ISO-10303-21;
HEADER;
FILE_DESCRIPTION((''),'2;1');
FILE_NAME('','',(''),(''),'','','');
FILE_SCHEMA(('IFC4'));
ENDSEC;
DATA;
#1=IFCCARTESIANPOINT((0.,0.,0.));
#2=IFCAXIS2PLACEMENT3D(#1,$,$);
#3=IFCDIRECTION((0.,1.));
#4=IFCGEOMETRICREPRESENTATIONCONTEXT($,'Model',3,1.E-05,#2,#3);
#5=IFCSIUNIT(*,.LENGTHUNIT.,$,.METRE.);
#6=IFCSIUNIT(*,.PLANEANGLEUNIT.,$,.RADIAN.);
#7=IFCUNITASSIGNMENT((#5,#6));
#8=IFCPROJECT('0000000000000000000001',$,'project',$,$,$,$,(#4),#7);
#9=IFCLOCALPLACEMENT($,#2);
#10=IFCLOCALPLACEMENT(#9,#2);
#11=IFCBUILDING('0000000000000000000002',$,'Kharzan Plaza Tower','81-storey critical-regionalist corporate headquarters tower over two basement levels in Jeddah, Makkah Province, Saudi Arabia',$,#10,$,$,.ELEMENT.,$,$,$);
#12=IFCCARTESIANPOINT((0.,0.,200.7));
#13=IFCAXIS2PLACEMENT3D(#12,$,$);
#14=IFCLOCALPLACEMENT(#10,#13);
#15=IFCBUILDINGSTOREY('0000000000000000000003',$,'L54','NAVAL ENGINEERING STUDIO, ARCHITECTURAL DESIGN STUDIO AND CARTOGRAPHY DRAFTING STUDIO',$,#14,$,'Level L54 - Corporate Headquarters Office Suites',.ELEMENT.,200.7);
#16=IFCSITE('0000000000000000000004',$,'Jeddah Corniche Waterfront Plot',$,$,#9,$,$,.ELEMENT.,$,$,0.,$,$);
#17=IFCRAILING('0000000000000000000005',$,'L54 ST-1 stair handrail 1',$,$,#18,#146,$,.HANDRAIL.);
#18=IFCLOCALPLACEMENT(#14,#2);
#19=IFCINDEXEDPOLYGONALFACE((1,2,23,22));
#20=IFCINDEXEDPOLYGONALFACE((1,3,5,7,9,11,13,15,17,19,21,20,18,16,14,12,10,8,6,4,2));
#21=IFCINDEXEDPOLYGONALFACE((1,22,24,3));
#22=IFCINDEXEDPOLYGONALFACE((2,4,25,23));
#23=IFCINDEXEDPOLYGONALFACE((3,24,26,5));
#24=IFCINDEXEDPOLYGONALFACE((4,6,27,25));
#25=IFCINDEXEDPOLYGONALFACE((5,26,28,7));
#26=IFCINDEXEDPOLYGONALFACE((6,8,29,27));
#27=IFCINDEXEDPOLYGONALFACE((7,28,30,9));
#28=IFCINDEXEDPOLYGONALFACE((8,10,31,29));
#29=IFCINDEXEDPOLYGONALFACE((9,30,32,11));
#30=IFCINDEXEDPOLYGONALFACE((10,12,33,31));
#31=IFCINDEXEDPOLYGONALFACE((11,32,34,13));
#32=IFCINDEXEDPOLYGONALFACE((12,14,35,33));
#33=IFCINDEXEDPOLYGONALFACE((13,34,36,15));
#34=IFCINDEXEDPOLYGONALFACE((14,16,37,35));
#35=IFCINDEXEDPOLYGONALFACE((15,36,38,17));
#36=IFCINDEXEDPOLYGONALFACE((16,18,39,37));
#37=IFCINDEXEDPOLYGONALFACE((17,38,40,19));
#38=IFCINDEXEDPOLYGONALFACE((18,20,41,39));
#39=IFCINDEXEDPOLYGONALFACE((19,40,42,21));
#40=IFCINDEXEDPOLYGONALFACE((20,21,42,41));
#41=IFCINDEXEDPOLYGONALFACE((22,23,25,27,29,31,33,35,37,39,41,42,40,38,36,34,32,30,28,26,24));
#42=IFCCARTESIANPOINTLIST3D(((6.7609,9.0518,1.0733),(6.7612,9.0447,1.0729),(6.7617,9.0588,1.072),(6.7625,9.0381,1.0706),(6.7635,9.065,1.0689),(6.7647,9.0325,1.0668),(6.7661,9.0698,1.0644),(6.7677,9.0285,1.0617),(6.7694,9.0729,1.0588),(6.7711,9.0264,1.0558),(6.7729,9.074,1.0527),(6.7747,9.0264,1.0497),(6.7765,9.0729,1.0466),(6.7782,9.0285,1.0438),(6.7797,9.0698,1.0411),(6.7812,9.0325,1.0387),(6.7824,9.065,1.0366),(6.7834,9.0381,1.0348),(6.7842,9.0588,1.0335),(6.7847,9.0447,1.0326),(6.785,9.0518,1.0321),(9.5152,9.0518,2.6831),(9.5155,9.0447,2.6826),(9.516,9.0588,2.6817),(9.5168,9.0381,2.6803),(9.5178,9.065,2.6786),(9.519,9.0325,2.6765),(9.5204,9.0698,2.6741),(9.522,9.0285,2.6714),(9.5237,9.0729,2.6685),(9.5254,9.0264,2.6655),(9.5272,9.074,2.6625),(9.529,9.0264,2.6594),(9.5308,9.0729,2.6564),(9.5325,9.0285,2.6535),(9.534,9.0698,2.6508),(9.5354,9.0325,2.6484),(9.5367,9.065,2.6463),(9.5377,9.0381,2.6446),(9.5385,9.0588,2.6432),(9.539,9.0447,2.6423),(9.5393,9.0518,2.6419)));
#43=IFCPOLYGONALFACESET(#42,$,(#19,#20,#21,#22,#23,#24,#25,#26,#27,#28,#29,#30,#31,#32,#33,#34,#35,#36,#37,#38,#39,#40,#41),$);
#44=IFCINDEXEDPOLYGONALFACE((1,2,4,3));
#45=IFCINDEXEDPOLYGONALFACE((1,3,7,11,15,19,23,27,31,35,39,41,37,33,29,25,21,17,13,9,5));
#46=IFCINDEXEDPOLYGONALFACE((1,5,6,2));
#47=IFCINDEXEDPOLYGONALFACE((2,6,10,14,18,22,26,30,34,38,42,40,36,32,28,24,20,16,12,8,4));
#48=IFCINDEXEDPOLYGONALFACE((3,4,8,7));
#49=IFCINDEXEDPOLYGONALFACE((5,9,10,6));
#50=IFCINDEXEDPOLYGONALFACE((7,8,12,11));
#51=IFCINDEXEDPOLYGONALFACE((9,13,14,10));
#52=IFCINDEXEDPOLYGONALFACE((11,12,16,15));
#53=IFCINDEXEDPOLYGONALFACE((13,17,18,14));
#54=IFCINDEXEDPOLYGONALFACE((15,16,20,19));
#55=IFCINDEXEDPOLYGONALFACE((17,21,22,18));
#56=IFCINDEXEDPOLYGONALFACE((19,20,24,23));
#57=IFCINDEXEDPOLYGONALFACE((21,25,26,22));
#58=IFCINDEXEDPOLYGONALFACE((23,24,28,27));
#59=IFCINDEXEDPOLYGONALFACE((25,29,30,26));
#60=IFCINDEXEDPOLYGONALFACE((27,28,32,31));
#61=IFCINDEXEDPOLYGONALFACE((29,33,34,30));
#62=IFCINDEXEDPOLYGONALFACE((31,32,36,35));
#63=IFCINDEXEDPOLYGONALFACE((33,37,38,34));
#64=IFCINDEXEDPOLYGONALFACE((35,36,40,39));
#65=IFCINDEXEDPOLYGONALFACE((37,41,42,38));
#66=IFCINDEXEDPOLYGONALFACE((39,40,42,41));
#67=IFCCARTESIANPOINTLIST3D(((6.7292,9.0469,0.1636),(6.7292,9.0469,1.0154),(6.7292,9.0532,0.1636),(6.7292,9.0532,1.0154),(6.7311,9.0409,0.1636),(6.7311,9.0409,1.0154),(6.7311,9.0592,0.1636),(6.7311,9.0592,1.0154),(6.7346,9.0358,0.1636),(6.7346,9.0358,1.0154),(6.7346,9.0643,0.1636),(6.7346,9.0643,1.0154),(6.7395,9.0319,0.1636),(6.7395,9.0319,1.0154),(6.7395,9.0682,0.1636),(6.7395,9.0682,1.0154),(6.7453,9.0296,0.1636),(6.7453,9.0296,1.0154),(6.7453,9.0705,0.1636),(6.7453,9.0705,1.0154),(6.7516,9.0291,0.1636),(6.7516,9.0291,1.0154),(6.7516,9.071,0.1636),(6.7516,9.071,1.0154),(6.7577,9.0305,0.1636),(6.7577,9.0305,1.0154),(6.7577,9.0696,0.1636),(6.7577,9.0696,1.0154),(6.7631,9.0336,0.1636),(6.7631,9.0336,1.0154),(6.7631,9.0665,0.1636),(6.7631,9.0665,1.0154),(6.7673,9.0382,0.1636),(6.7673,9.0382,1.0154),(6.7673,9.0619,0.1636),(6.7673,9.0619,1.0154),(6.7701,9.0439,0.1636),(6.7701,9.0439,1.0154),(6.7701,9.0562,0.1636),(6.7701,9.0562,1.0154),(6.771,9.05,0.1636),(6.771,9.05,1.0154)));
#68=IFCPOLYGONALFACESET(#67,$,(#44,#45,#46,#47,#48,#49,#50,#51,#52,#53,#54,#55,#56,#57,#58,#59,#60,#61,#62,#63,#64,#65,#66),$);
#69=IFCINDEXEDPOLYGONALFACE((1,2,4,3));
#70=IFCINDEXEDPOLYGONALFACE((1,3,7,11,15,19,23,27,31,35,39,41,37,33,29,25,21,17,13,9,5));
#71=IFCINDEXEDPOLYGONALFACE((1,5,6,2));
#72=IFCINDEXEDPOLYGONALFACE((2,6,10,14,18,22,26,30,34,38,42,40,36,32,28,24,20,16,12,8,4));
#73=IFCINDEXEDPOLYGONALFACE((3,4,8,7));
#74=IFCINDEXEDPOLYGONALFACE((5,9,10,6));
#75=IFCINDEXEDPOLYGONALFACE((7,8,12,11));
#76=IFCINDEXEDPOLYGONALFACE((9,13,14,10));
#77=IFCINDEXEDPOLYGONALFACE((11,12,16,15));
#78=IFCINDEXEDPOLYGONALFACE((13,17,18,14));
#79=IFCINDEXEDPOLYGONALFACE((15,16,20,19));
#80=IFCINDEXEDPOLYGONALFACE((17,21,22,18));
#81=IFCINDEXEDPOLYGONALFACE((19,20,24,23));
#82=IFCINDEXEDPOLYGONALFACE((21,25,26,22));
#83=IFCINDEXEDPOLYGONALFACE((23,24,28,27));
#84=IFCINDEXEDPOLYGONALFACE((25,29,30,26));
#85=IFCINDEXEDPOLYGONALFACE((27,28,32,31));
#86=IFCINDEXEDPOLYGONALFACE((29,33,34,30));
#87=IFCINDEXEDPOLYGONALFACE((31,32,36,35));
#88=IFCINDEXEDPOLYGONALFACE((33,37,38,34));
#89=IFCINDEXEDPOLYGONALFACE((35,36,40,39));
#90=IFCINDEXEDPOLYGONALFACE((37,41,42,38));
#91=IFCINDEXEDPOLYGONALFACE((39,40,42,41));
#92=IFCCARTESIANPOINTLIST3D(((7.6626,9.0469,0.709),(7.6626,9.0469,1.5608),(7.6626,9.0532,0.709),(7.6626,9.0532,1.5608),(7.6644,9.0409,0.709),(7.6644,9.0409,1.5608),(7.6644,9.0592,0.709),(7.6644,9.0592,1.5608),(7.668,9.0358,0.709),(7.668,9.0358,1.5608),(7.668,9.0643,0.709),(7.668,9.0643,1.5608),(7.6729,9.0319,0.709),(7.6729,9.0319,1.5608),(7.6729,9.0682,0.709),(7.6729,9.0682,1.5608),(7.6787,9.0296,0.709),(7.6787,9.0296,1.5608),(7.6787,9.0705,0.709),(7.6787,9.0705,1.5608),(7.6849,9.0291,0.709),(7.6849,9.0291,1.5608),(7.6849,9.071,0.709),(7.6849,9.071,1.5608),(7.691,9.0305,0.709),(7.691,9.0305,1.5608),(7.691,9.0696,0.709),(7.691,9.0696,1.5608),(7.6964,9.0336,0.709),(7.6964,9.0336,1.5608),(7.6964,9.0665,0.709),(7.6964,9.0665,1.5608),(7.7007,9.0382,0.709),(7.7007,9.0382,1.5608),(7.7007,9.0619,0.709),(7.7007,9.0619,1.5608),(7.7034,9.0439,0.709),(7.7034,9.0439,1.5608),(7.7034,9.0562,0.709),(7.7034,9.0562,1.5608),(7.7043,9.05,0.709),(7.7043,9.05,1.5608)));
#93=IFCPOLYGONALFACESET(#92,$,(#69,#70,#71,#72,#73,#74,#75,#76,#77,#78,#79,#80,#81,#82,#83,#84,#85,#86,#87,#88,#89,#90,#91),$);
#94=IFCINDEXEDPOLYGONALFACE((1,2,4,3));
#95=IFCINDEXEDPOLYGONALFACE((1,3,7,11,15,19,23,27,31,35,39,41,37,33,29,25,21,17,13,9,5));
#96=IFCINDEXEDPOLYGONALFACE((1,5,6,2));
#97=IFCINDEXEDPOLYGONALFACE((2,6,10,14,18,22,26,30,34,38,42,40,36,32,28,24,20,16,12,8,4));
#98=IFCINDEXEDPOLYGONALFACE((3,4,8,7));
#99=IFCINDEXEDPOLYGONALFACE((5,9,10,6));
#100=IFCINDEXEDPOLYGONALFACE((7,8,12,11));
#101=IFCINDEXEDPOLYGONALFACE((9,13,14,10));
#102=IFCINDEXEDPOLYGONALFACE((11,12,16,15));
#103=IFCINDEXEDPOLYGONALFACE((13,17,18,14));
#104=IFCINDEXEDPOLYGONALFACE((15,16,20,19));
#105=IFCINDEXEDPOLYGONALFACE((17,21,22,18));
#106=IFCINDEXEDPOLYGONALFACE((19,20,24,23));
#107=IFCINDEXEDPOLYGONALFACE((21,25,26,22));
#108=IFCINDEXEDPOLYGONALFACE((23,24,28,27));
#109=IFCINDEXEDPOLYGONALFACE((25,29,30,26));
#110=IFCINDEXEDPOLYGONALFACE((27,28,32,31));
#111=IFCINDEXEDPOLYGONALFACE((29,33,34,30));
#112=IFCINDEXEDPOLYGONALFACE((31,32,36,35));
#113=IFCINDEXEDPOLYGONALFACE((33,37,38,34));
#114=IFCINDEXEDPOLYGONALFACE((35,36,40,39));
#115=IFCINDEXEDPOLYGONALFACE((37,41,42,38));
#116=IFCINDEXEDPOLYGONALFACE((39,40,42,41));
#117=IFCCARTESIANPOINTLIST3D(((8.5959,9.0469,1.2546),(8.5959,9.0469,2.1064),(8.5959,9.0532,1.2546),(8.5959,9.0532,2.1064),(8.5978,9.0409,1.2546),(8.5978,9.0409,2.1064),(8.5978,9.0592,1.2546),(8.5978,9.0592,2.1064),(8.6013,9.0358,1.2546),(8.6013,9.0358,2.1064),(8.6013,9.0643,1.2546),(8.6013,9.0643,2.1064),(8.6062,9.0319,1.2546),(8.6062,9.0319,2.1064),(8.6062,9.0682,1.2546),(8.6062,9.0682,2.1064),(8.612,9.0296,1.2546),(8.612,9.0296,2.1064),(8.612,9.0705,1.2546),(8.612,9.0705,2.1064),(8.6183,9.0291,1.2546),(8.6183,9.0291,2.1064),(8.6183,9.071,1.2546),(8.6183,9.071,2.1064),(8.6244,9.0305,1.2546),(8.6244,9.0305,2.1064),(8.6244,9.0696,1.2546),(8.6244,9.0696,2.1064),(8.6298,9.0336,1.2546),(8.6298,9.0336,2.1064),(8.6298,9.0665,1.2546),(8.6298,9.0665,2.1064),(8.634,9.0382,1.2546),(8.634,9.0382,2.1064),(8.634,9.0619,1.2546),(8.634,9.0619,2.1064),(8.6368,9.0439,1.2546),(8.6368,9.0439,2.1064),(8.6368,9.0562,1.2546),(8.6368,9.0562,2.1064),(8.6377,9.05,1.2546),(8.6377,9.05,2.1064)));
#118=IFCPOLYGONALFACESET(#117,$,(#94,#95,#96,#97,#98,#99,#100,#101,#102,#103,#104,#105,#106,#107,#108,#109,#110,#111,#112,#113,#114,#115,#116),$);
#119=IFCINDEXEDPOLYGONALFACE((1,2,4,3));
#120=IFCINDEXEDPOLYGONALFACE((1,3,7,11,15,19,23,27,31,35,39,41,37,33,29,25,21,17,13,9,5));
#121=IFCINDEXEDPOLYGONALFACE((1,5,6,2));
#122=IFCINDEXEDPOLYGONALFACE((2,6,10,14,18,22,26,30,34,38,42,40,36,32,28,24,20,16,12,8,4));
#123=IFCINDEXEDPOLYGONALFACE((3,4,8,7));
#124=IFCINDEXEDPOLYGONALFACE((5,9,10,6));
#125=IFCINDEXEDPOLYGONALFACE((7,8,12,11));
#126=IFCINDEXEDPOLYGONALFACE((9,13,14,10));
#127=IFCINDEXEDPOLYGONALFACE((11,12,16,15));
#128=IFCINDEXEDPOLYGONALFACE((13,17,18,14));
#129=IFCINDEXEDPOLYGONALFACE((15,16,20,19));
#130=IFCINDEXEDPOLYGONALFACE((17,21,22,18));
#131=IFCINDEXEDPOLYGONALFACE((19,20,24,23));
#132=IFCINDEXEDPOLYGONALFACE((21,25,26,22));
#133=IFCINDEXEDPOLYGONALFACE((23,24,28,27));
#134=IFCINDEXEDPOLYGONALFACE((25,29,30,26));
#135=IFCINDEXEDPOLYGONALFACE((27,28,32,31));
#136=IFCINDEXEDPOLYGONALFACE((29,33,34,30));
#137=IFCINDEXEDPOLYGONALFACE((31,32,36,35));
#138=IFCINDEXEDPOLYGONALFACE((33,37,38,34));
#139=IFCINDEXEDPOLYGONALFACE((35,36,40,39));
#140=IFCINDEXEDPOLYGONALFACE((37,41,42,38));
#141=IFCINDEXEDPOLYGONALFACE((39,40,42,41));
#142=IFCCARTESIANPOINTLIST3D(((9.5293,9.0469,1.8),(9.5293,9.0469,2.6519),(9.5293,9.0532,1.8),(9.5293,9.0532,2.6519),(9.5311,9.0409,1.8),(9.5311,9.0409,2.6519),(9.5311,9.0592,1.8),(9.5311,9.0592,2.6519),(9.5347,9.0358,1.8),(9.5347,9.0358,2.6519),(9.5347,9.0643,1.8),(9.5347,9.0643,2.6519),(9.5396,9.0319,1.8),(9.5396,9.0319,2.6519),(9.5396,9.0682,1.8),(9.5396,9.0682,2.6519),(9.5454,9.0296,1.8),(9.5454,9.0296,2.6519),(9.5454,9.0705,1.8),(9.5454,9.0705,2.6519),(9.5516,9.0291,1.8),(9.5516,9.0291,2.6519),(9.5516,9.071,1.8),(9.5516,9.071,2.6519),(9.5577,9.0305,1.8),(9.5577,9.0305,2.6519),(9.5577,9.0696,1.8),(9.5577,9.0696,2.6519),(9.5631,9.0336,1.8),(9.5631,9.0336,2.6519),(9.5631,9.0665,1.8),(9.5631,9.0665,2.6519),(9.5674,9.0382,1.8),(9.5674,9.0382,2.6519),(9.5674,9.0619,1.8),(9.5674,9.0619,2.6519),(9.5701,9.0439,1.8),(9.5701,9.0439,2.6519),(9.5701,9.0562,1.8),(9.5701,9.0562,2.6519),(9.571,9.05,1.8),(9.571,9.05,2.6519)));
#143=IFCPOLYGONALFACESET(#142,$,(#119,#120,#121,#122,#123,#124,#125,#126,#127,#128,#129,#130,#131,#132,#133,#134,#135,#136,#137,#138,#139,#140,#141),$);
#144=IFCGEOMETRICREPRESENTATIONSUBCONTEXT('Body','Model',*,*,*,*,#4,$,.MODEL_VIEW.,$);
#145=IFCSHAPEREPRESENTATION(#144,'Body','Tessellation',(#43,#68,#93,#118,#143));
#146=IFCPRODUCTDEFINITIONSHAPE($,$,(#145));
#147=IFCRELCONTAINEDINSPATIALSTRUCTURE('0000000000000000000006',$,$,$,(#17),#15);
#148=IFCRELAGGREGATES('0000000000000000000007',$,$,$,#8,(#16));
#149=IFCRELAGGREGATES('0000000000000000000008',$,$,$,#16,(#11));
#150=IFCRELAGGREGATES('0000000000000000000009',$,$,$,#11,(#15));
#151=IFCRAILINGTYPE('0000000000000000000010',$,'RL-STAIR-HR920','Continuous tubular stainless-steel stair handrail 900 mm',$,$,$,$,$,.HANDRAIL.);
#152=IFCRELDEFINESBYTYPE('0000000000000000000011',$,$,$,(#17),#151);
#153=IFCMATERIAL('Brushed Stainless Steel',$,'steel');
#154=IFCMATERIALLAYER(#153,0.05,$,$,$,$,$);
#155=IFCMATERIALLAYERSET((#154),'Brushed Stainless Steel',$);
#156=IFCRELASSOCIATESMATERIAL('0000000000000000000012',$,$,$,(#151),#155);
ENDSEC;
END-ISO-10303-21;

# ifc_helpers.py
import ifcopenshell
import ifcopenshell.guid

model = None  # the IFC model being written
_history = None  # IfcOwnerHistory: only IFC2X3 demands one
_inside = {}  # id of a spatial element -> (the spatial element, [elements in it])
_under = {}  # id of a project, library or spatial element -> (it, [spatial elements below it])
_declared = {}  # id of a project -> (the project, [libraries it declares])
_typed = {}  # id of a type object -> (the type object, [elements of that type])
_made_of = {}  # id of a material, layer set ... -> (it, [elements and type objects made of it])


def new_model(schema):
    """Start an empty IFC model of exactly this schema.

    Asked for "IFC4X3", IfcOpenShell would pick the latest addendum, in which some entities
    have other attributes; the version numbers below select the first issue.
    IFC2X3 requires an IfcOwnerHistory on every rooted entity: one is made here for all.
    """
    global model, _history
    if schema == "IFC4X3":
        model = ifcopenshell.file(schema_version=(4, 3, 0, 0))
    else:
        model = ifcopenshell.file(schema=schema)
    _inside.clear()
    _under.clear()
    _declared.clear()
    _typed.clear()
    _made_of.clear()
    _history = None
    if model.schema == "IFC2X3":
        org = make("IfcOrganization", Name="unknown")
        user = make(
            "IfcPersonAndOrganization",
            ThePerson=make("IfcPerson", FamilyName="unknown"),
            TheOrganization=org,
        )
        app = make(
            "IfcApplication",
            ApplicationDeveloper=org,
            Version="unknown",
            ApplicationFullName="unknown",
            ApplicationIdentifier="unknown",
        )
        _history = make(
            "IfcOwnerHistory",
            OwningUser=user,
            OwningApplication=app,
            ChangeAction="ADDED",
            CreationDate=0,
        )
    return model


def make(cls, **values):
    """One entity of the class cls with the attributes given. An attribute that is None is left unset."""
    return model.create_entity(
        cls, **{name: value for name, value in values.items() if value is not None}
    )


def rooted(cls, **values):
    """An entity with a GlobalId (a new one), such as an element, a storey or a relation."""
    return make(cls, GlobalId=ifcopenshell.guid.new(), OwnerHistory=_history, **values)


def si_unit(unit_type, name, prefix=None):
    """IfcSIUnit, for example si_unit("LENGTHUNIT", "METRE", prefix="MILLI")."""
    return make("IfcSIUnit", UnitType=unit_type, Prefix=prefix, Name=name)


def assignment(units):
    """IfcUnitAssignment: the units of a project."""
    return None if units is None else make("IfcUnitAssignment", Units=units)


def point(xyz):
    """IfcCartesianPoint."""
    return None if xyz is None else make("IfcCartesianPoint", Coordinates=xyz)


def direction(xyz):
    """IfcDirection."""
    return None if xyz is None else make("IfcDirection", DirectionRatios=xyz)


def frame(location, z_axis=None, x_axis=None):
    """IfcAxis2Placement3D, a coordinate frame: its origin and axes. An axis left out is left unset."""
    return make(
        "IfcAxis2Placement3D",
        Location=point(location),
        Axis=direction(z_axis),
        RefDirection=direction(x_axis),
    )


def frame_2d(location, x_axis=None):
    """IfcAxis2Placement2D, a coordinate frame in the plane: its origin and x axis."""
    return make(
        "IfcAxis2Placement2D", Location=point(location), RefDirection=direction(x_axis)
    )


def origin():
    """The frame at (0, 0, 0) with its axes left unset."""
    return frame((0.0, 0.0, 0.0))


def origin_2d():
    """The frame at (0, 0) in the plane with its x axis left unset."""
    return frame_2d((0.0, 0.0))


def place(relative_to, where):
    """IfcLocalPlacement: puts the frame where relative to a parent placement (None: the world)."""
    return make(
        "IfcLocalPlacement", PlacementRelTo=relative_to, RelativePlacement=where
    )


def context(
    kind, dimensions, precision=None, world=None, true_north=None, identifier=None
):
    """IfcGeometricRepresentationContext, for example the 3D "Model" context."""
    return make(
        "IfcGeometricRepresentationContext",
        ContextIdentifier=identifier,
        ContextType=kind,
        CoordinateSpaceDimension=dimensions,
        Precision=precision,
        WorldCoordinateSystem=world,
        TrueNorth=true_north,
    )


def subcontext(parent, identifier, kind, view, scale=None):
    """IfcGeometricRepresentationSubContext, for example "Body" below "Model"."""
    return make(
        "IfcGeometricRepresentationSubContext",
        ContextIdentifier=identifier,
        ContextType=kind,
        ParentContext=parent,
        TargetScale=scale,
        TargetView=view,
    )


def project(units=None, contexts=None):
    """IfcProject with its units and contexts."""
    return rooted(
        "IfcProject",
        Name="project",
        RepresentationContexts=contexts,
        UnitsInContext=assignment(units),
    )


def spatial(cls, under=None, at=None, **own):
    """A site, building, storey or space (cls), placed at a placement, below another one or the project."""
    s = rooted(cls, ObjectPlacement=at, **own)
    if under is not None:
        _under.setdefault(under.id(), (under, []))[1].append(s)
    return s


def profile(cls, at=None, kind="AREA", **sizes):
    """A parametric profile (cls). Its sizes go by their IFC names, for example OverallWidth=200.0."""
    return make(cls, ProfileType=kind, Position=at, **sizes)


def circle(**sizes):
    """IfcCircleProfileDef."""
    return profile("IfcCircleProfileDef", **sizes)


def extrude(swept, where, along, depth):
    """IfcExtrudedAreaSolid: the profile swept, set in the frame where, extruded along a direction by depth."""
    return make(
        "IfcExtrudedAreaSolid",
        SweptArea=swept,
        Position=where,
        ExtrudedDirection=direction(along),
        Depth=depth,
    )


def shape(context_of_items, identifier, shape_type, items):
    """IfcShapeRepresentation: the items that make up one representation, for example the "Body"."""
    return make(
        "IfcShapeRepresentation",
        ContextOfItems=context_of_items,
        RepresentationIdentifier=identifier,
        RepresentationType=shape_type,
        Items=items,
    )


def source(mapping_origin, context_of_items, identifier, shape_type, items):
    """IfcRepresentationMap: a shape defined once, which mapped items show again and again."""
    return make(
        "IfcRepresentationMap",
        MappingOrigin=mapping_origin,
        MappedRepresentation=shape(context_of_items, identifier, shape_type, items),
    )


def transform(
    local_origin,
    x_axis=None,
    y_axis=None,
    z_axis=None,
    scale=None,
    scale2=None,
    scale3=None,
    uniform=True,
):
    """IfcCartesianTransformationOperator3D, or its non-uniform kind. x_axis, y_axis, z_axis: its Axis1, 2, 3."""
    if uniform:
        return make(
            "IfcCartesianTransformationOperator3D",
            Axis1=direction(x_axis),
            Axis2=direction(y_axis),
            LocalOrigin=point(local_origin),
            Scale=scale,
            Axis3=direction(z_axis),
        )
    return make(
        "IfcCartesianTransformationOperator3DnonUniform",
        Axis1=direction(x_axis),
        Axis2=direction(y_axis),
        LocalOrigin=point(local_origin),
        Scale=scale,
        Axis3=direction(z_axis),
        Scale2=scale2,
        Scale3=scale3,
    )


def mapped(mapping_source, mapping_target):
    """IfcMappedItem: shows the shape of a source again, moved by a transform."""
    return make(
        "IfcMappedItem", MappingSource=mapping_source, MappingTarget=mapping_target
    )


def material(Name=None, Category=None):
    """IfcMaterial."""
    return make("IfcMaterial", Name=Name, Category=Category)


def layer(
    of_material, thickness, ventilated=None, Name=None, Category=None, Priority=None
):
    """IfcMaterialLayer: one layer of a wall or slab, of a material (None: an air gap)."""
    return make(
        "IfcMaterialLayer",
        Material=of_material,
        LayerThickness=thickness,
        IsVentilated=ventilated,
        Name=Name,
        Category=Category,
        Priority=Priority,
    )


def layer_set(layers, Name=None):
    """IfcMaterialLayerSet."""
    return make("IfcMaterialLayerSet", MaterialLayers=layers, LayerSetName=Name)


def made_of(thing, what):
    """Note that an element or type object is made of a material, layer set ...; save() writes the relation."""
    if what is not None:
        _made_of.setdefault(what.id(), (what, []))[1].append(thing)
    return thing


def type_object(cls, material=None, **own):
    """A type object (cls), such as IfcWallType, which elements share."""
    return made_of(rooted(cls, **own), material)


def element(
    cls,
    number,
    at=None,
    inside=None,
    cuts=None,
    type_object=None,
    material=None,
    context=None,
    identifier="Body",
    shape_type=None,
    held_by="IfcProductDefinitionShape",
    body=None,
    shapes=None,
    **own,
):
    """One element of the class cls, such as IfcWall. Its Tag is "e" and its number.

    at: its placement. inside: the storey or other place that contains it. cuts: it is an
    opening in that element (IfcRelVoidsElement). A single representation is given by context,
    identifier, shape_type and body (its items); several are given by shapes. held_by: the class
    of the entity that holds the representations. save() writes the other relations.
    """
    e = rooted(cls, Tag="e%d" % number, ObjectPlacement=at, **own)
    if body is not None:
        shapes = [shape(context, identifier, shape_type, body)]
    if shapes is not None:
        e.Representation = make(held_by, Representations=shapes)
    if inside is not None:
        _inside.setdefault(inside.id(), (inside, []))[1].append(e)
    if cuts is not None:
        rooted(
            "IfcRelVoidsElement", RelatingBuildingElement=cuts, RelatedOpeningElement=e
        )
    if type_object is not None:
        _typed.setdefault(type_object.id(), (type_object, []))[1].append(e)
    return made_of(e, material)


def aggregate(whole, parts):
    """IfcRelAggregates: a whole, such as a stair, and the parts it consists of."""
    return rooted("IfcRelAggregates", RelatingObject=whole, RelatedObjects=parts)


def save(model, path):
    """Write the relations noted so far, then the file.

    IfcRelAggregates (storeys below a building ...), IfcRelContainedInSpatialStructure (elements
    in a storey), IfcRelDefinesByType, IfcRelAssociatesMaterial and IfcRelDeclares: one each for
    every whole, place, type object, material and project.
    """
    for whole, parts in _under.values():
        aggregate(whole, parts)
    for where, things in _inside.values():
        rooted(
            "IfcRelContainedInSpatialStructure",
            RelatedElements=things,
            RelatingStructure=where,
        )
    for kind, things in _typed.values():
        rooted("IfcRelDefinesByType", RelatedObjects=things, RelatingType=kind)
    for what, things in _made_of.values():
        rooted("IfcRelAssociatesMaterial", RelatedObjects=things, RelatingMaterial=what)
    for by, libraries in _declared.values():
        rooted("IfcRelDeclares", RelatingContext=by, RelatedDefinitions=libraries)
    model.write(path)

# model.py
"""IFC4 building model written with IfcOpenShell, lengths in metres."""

from ifc_helpers import new_model, si_unit, direction, frame, origin, origin_2d, place, context, subcontext, project, spatial, circle, extrude, source, transform, mapped, material, layer, layer_set, type_object, element, save


model = new_model("IFC4")

# Units and contexts
model_context = context("Model", 3, precision=1e-05, world=origin(), true_north=direction((0.0, 1.0)))
body_context = subcontext(model_context, "Body", "Model", "MODEL_VIEW")
ifc_project = project(units=[si_unit("LENGTHUNIT", "METRE"), si_unit("PLANEANGLEUNIT", "RADIAN")], contexts=[model_context])

# Site, building, storey
site_placement = place(None, origin())
site = spatial("IfcSite", under=ifc_project, at=site_placement, Name="Jeddah Corniche Waterfront Plot", CompositionType="ELEMENT", RefElevation=0.0)
building_placement = place(site_placement, origin())
building = spatial("IfcBuilding", under=site, at=building_placement, Name="Kharzan Plaza Tower", Description="81-storey critical-regionalist corporate headquarters tower over two basement levels in Jeddah, Makkah Province, Saudi Arabia", CompositionType="ELEMENT")
storey_placement = place(building_placement, frame((0.0, 0.0, 200.7)))
storey = spatial("IfcBuildingStorey", under=building, at=storey_placement, Name="L54", Description="NAVAL ENGINEERING STUDIO, ARCHITECTURAL DESIGN STUDIO AND CARTOGRAPHY DRAFTING STUDIO", LongName="Level L54 - Corporate Headquarters Office Suites", CompositionType="ELEMENT", Elevation=200.7)

# Railing
ifc_material_1 = material(Name="Brushed Stainless Steel", Category="steel")
ifc_layer_1 = layer(ifc_material_1, 0.05)
ifc_layer_set_1 = layer_set([ifc_layer_1], Name="Brushed Stainless Steel")
railing_type_1 = type_object("IfcRailingType", Name="RL-STAIR-HR920", Description="Continuous tubular stainless-steel stair handrail 900 mm", PredefinedType="HANDRAIL", material=ifc_layer_set_1)
shared_shape_1 = source(origin(), body_context, "Body", "SweptSolid", [
    extrude(circle(Radius=0.0239, at=origin_2d()), frame((0.0229, 0.0, 0.8892), z_axis=(0.863361, 0.0, 0.504587), x_axis=(0.0, 1.0, 0.0)), (0.0, 0.0, 1.0), 3.1902),
    extrude(circle(Radius=0.021, at=origin_2d()), origin(), (0.0, 0.0, 1.0), 0.8518),
    extrude(circle(Radius=0.021, at=origin_2d()), frame((0.9333, 0.0, 0.5454)), (0.0, 0.0, 1.0), 0.8518),
    extrude(circle(Radius=0.021, at=origin_2d()), frame((1.8667, 0.0, 1.0911)), (0.0, 0.0, 1.0), 0.8518),
    extrude(circle(Radius=0.021, at=origin_2d()), frame((2.8, 0.0, 1.6365)), (0.0, 0.0, 1.0), 0.8518),
])
railing_1_placement = place(storey_placement, frame((6.75, 9.05, 0.1636)))
element("IfcRailing", 1, at=railing_1_placement, inside=storey, type_object=railing_type_1, Name="L54 ST-1 stair handrail 1", PredefinedType="HANDRAIL", context=body_context, shape_type="MappedRepresentation", body=[
    mapped(shared_shape_1, transform((0.0, 0.0, 0.0), x_axis=(1.0, 0.0, 0.0), y_axis=(0.0, 1.0, 0.0), z_axis=(0.0, 0.0, 1.0))),
])

save(model, "model.ifc")
